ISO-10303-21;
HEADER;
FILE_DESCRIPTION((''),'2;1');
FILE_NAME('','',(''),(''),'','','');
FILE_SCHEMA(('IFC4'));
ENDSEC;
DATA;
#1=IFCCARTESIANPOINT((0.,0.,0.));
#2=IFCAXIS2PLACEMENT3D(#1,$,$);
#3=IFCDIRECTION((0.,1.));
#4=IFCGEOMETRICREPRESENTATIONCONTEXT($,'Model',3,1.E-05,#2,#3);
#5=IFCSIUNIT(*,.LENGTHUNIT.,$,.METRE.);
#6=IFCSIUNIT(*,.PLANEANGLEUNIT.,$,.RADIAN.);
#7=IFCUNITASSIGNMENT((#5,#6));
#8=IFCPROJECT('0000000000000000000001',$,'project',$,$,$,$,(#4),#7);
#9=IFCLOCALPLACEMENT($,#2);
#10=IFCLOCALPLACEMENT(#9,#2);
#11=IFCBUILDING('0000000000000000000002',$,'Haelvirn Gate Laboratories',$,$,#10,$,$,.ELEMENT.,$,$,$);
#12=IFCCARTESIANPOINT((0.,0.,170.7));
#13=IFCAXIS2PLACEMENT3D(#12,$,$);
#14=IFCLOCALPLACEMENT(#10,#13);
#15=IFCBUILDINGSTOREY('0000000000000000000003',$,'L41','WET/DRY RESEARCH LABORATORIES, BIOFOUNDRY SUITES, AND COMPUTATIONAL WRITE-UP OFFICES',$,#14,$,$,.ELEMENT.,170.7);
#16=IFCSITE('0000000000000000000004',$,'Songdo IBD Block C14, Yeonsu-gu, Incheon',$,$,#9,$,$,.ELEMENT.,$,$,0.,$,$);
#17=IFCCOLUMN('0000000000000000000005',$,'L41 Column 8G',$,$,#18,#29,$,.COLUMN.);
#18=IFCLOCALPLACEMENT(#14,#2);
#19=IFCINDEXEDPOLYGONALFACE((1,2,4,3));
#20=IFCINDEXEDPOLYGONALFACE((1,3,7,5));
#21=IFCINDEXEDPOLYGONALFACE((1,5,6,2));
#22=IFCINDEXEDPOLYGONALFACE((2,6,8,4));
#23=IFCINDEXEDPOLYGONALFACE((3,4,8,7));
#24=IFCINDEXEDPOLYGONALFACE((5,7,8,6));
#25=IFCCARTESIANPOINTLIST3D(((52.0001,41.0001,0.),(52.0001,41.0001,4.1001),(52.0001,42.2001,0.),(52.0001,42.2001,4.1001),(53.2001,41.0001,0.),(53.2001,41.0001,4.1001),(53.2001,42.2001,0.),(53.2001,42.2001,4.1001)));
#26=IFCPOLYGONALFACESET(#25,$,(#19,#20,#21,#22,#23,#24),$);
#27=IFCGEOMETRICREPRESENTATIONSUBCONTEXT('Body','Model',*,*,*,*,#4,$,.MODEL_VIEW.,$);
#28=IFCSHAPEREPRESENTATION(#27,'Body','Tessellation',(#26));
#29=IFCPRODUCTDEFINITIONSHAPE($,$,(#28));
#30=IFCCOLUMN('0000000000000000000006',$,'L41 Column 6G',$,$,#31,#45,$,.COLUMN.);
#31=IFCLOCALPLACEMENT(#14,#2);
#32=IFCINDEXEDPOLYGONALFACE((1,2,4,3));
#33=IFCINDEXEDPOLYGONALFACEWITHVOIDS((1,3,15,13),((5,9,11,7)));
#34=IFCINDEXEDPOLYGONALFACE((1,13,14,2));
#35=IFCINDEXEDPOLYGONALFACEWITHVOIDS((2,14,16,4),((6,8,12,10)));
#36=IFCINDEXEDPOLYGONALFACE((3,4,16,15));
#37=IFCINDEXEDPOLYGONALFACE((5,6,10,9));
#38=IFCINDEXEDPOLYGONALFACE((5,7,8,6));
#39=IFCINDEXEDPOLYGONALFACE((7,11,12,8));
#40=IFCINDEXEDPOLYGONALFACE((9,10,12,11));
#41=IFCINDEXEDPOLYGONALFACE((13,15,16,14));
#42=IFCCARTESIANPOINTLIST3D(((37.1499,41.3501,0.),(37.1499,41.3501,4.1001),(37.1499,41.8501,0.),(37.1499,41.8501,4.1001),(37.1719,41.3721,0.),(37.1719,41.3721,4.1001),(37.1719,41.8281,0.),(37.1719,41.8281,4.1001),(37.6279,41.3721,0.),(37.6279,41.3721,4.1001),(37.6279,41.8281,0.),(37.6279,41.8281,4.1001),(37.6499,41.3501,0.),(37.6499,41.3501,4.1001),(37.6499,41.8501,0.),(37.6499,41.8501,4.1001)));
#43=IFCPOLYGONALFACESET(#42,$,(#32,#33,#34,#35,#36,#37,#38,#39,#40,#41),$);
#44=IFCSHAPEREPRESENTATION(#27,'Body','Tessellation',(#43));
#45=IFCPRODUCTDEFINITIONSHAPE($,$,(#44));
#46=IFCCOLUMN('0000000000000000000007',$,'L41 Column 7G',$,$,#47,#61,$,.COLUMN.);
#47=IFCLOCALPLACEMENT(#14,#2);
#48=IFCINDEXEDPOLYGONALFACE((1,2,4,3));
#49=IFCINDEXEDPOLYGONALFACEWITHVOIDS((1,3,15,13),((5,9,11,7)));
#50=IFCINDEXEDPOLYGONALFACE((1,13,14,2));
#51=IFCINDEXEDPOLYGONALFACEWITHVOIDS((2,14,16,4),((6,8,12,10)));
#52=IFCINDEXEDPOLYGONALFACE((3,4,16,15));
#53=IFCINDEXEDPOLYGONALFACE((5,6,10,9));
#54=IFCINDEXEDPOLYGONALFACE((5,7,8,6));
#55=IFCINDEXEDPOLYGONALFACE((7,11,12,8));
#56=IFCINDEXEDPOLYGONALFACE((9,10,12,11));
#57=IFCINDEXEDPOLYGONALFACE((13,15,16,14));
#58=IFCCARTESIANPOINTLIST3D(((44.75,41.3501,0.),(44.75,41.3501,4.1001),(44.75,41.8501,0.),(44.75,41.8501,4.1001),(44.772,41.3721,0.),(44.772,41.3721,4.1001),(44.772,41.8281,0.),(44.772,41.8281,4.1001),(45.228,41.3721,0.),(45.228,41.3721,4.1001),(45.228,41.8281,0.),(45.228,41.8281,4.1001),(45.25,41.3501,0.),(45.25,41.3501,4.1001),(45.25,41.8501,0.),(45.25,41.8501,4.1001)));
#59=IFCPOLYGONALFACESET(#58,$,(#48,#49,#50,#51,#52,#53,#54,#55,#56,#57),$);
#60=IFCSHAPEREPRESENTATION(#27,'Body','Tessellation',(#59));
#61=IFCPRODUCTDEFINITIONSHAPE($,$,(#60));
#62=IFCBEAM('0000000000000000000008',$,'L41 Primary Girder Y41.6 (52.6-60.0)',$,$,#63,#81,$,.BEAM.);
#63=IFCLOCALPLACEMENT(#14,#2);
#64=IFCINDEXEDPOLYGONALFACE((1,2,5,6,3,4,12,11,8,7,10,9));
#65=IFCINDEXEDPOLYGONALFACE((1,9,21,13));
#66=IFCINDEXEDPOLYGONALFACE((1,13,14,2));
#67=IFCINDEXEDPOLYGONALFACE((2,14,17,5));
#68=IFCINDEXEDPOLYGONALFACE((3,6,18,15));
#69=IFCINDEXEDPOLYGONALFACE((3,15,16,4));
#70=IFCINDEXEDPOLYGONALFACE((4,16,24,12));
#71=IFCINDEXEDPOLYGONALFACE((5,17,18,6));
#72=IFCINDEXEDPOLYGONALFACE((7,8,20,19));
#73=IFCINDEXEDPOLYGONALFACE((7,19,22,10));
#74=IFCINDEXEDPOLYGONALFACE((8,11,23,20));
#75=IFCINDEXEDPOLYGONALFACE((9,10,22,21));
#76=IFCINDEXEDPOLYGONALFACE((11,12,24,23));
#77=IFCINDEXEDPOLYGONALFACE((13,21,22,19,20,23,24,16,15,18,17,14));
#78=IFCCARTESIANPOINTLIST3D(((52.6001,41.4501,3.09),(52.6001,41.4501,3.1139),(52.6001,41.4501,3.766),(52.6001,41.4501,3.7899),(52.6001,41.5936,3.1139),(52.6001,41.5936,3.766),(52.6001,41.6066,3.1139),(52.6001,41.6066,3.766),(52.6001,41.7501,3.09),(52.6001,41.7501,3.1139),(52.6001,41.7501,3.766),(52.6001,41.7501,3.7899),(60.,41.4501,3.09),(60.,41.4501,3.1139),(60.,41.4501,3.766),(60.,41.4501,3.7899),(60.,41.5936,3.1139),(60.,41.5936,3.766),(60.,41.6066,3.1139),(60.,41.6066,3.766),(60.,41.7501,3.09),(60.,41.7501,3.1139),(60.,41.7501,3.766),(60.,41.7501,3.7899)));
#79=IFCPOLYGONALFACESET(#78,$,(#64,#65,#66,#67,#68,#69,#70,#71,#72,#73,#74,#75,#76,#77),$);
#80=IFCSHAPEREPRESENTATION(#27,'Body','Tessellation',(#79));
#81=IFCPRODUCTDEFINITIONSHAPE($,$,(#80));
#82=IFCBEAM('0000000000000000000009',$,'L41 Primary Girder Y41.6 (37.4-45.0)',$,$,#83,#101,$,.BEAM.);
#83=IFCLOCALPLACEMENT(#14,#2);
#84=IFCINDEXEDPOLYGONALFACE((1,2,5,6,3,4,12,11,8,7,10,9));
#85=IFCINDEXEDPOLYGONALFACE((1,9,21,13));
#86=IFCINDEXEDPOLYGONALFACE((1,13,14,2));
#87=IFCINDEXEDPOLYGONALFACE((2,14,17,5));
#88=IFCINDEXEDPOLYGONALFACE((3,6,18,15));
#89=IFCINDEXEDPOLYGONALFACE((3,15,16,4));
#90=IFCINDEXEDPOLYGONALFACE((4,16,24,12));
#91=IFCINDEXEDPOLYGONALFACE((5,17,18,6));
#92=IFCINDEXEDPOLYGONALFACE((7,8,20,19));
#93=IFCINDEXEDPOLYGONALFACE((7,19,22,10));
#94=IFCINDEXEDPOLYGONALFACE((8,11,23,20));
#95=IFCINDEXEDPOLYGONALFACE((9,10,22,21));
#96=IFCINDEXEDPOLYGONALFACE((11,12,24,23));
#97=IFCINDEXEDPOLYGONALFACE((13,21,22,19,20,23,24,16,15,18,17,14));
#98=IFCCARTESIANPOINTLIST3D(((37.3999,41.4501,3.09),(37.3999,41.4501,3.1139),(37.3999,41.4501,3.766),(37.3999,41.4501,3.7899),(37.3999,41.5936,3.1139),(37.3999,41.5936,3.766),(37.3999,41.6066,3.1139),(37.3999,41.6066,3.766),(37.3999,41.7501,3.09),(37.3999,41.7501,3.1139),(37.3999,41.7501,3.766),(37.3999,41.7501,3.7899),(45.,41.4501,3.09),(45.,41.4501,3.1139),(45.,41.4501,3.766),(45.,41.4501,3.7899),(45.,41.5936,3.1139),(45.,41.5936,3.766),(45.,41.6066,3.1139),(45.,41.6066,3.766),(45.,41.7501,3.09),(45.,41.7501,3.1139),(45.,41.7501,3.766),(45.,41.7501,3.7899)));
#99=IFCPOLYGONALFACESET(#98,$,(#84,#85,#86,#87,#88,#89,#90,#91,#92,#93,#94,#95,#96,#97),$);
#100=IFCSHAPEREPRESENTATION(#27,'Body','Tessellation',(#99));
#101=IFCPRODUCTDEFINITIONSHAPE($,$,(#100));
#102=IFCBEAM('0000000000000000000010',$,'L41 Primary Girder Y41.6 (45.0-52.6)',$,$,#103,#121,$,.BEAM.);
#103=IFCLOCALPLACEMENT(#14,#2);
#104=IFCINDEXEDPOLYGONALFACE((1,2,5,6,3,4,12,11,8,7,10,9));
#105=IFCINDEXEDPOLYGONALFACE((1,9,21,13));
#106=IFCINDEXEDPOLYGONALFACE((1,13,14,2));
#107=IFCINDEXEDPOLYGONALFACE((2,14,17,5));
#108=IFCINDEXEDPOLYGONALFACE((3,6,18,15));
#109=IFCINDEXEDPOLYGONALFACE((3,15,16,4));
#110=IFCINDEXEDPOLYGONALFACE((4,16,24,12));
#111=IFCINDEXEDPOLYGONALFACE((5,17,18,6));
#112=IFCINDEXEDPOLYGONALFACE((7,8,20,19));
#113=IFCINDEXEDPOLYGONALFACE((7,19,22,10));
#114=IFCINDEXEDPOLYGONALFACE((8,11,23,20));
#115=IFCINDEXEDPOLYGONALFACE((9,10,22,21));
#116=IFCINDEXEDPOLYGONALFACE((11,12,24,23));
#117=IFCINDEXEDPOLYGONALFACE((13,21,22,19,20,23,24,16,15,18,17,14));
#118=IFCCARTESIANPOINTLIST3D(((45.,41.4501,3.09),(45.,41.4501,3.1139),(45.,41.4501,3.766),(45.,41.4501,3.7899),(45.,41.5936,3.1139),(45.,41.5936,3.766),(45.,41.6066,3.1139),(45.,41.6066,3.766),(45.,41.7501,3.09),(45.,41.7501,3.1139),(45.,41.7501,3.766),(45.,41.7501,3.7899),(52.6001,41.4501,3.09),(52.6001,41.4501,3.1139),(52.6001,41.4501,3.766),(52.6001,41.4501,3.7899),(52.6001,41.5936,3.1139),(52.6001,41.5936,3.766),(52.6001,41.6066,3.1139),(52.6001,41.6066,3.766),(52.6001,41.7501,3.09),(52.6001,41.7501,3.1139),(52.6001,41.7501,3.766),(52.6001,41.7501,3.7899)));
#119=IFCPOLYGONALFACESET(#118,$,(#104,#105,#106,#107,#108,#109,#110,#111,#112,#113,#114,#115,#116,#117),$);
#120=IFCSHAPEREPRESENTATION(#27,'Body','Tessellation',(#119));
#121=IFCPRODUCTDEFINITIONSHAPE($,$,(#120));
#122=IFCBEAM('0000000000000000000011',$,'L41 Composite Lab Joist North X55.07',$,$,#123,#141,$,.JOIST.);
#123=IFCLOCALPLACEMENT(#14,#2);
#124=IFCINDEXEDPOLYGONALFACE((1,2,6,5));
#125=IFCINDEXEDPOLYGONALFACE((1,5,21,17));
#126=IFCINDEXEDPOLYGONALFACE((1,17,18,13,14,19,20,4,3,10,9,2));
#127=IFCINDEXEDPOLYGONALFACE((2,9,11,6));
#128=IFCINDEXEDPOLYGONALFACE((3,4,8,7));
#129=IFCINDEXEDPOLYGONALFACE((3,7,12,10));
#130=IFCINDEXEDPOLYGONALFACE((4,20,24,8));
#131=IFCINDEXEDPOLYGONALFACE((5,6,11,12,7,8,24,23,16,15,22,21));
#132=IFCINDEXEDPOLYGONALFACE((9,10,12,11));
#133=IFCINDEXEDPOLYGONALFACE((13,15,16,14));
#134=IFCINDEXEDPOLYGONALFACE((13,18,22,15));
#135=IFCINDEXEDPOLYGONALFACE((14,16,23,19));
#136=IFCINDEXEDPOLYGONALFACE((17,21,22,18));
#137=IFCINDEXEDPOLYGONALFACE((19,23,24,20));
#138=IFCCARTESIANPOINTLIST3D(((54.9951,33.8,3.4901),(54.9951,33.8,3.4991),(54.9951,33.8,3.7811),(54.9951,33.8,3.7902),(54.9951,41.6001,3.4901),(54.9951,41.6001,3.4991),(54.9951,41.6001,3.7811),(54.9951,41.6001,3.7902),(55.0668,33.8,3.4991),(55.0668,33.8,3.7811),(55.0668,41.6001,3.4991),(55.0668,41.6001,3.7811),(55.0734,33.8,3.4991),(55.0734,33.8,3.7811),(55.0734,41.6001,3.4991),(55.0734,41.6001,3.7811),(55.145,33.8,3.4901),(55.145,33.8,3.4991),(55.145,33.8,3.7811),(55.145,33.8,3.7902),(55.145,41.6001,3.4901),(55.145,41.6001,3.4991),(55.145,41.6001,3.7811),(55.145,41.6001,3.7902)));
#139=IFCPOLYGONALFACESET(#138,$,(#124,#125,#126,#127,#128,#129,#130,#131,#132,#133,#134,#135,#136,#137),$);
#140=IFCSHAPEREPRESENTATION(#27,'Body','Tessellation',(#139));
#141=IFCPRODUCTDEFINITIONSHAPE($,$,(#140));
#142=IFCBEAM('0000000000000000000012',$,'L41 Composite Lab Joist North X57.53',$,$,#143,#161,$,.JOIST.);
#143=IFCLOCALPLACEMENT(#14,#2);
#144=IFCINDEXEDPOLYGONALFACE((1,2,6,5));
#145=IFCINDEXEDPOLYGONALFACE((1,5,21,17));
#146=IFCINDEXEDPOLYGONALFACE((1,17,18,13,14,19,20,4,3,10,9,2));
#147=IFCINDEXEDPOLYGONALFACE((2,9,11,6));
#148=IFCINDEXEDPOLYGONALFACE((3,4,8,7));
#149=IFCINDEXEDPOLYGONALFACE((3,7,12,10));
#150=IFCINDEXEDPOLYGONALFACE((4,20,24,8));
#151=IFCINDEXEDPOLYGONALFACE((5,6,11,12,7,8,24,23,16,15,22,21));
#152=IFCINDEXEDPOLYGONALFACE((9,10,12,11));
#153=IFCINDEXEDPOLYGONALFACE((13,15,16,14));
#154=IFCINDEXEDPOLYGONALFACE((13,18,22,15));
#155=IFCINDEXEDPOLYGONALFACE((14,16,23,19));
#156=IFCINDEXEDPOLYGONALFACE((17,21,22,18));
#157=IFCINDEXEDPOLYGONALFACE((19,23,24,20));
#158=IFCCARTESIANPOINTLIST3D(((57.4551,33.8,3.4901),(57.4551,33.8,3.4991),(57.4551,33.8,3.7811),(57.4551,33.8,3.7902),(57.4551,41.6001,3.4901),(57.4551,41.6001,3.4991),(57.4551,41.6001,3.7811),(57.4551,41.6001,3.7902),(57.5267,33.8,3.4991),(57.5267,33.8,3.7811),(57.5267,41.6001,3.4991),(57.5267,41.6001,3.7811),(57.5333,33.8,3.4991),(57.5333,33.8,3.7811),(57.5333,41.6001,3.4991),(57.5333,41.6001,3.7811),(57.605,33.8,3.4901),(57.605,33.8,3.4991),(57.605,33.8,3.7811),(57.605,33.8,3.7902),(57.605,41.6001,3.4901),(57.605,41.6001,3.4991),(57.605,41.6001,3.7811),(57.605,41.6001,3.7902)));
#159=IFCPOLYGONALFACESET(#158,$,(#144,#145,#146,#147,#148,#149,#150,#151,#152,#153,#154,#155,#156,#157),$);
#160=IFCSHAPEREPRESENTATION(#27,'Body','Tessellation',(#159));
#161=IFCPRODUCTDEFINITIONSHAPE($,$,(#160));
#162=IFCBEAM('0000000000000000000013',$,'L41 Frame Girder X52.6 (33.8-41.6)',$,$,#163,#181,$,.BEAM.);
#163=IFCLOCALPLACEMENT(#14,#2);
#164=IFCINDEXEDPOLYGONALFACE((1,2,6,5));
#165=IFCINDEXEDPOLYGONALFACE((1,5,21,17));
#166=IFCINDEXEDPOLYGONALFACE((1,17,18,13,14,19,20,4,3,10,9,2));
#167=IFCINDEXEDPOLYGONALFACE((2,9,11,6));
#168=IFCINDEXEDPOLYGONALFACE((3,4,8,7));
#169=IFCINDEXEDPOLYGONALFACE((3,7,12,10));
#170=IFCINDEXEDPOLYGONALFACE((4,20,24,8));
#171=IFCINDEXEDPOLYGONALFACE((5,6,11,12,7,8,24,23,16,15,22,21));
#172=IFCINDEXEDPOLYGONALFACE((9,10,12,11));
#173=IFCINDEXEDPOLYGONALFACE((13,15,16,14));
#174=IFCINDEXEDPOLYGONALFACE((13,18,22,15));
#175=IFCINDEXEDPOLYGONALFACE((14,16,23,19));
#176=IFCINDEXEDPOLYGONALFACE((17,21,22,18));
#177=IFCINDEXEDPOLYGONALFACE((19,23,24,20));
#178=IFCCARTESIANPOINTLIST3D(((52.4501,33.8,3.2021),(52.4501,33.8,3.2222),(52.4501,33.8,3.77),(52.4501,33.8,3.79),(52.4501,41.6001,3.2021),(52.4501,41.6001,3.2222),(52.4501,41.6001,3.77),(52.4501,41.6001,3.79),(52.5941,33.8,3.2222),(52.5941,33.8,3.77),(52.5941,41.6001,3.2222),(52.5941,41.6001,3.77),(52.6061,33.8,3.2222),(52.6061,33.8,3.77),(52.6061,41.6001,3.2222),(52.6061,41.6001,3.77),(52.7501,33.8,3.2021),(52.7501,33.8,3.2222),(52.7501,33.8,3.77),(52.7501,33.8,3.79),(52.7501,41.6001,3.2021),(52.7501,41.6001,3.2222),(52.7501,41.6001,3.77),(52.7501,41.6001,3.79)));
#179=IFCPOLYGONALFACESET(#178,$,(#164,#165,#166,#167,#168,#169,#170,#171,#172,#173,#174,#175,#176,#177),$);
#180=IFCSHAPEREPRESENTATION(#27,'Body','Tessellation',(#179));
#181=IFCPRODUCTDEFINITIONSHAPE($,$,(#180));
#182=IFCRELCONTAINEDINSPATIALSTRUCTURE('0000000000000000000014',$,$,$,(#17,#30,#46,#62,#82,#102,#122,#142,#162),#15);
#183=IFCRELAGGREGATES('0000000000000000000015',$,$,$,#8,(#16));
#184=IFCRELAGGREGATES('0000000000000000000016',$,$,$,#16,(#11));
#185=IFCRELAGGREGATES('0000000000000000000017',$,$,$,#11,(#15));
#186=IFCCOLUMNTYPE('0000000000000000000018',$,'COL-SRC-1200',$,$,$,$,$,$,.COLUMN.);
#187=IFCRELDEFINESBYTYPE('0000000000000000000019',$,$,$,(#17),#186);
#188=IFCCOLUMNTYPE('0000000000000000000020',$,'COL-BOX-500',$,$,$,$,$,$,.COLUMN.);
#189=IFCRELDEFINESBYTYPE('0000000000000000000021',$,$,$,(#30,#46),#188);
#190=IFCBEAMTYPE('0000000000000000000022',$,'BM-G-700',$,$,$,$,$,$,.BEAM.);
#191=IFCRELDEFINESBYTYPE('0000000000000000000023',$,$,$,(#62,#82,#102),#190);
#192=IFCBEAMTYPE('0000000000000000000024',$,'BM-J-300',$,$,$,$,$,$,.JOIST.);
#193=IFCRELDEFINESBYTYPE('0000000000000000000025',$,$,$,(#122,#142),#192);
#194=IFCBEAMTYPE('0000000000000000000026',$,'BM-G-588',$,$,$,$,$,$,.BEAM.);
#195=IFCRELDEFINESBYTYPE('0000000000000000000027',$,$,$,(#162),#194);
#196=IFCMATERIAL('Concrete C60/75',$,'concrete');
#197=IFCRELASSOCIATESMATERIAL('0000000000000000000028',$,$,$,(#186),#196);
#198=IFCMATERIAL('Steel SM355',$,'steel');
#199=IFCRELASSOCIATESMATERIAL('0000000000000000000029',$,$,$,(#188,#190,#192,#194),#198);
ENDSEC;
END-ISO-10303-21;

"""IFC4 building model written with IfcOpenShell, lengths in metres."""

from ifc_helpers import new_model, si_unit, direction, frame, origin, origin_2d, place, context, subcontext, project, spatial, rectangle, hollow_rectangle, i_section, extrude, source, transform, mapped, material, material_profile, profile_set, type_object, type_shapes, element, save


model = new_model("IFC4")

# Units and contexts
model_context = context("Model", 3, precision=1e-05, world=origin(), true_north=direction((0.0, 1.0)))
body_context = subcontext(model_context, "Body", "Model", "MODEL_VIEW")
ifc_project = project(units=[si_unit("LENGTHUNIT", "METRE"), si_unit("PLANEANGLEUNIT", "RADIAN")], contexts=[model_context])

# Site, building, storey
site_placement = place(None, origin())
site = spatial("IfcSite", under=ifc_project, at=site_placement, Name="Songdo IBD Block C14, Yeonsu-gu, Incheon", CompositionType="ELEMENT", RefElevation=0.0)
building_placement = place(site_placement, origin())
building = spatial("IfcBuilding", under=site, at=building_placement, Name="Haelvirn Gate Laboratories", CompositionType="ELEMENT")
storey_placement = place(building_placement, frame((0.0, 0.0, 170.7)))
storey = spatial("IfcBuildingStorey", under=building, at=storey_placement, Name="L41", Description="WET/DRY RESEARCH LABORATORIES, BIOFOUNDRY SUITES, AND COMPUTATIONAL WRITE-UP OFFICES", CompositionType="ELEMENT", Elevation=170.7)

# Columns
ifc_material_1 = material(Name="Concrete C60/75", Category="concrete")
ifc_material_profile_1 = material_profile(ifc_material_1, rectangle(XDim=1.2, YDim=1.2, at=origin_2d()), Name="SRC-1200x1200")
ifc_profile_set_1 = profile_set([ifc_material_profile_1], Name="Concrete C60/75")
column_type_1 = type_object("IfcColumnType", Name="COL-SRC-1200", PredefinedType="COLUMN", material=ifc_profile_set_1)
shared_shape_1 = source(origin(), body_context, "Body", "SweptSolid", [
    extrude(rectangle(XDim=1.2, YDim=1.2, at=origin_2d()), origin(), (0.0, 0.0, 1.0), 4.1001),
])
type_shapes(column_type_1, [shared_shape_1])
column_placement = place(storey_placement, frame((52.6001, 41.6001, 0.0), z_axis=(0.0, 0.0, 1.0), x_axis=(1.0, 0.0, 0.0)))
element("IfcColumn", 1, at=column_placement, inside=storey, type_object=column_type_1, Name="L41 Column 8G", PredefinedType="COLUMN", context=body_context, shape_type="MappedRepresentation", body=[
    mapped(shared_shape_1, transform((0.0, 0.0, 0.0), scale=1.0)),
])
ifc_material_2 = material(Name="Steel SM355", Category="steel")
ifc_material_profile_2 = material_profile(ifc_material_2, hollow_rectangle(XDim=0.5, YDim=0.5, WallThickness=0.022, at=origin_2d()), Name="BOX-500x500x22")
ifc_profile_set_2 = profile_set([ifc_material_profile_2], Name="Steel SM355")
column_type_2 = type_object("IfcColumnType", Name="COL-BOX-500", PredefinedType="COLUMN", material=ifc_profile_set_2)
shared_shape_2 = source(origin(), body_context, "Body", "SweptSolid", [
    extrude(hollow_rectangle(XDim=0.5, YDim=0.5, WallThickness=0.022, at=origin_2d()), origin(), (0.0, 0.0, 1.0), 4.1001),
])
type_shapes(column_type_2, [shared_shape_2])
for number, where, z_axis, x_axis, name in (
    (2, (37.3999, 41.6001, 0.0), (0.0, 0.0, 1.0), (1.0, 0.0, 0.0), "L41 Column 6G"),
    (3, (45.0, 41.6001, 0.0), (0.0, 0.0, 1.0), (1.0, 0.0, 0.0), "L41 Column 7G"),
):
    element("IfcColumn", number, at=place(storey_placement, frame(where, z_axis=z_axis, x_axis=x_axis)), inside=storey, type_object=column_type_2, Name=name, PredefinedType="COLUMN", context=body_context, shape_type="MappedRepresentation", body=[
        mapped(shared_shape_2, transform((0.0, 0.0, 0.0), scale=1.0)),
    ])

# Beams
ifc_material_profile_3 = material_profile(ifc_material_2, i_section(OverallWidth=0.3, OverallDepth=0.7, WebThickness=0.0129, FlangeThickness=0.0239, at=origin_2d()), Name="H-700x300x13x24")
ifc_profile_set_3 = profile_set([ifc_material_profile_3], Name="Steel SM355")
beam_type_1 = type_object("IfcBeamType", Name="BM-G-700", PredefinedType="BEAM", material=ifc_profile_set_3)
shared_shape_3 = source(origin(), body_context, "Body", "SweptSolid", [
    extrude(i_section(OverallWidth=0.3, OverallDepth=0.7, WebThickness=0.0129, FlangeThickness=0.0239, at=origin_2d()), origin(), (0.0, 0.0, 1.0), 7.3999),
])
beam_1_placement = place(storey_placement, frame((52.6001, 41.6001, 3.4399), z_axis=(1.0, 0.0, 0.0), x_axis=(0.0, 1.0, 0.0)))
element("IfcBeam", 4, at=beam_1_placement, inside=storey, type_object=beam_type_1, Name="L41 Primary Girder Y41.6 (52.6-60.0)", PredefinedType="BEAM", context=body_context, shape_type="MappedRepresentation", body=[
    mapped(shared_shape_3, transform((0.0, 0.0, 0.0), scale=1.0)),
])
shared_shape_4 = source(origin(), body_context, "Body", "SweptSolid", [
    extrude(i_section(OverallWidth=0.3, OverallDepth=0.7, WebThickness=0.0129, FlangeThickness=0.0239, at=origin_2d()), origin(), (0.0, 0.0, 1.0), 7.6001),
])
type_shapes(beam_type_1, [shared_shape_3, shared_shape_4])
for number, where, z_axis, x_axis, name in (
    (5, (37.3999, 41.6001, 3.4399), (1.0, 0.0, 0.0), (0.0, 1.0, 0.0), "L41 Primary Girder Y41.6 (37.4-45.0)"),
    (6, (45.0, 41.6001, 3.4399), (1.0, 0.0, 0.0), (0.0, 1.0, 0.0), "L41 Primary Girder Y41.6 (45.0-52.6)"),
):
    element("IfcBeam", number, at=place(storey_placement, frame(where, z_axis=z_axis, x_axis=x_axis)), inside=storey, type_object=beam_type_1, Name=name, PredefinedType="BEAM", context=body_context, shape_type="MappedRepresentation", body=[
        mapped(shared_shape_4, transform((0.0, 0.0, 0.0), scale=1.0)),
    ])
ifc_material_profile_4 = material_profile(ifc_material_2, i_section(OverallWidth=0.1499, OverallDepth=0.3, WebThickness=0.0066, FlangeThickness=0.009, at=origin_2d()), Name="H-300x150x6.5x9")
ifc_profile_set_4 = profile_set([ifc_material_profile_4], Name="Steel SM355")
beam_type_2 = type_object("IfcBeamType", Name="BM-J-300", PredefinedType="JOIST", material=ifc_profile_set_4)
shared_shape_5 = source(origin(), body_context, "Body", "SweptSolid", [
    extrude(i_section(OverallWidth=0.1499, OverallDepth=0.3, WebThickness=0.0066, FlangeThickness=0.009, at=origin_2d()), origin(), (0.0, 0.0, 1.0), 7.8),
])
type_shapes(beam_type_2, [shared_shape_5])
for number, where, z_axis, x_axis, name in (
    (7, (55.0701, 33.8, 3.6401), (0.0, 1.0, 0.0), (-1.0, 0.0, 0.0), "L41 Composite Lab Joist North X55.07"),
    (8, (57.53, 33.8, 3.6401), (0.0, 1.0, 0.0), (-1.0, 0.0, 0.0), "L41 Composite Lab Joist North X57.53"),
):
    element("IfcBeam", number, at=place(storey_placement, frame(where, z_axis=z_axis, x_axis=x_axis)), inside=storey, type_object=beam_type_2, Name=name, PredefinedType="JOIST", context=body_context, shape_type="MappedRepresentation", body=[
        mapped(shared_shape_5, transform((0.0, 0.0, 0.0), scale=1.0)),
    ])
ifc_material_profile_5 = material_profile(ifc_material_2, i_section(OverallWidth=0.3, OverallDepth=0.5879, WebThickness=0.012, FlangeThickness=0.02, at=origin_2d()), Name="H-588x300x12x20")
ifc_profile_set_5 = profile_set([ifc_material_profile_5], Name="Steel SM355")
beam_type_3 = type_object("IfcBeamType", Name="BM-G-588", PredefinedType="BEAM", material=ifc_profile_set_5)
shared_shape_6 = source(origin(), body_context, "Body", "SweptSolid", [
    extrude(i_section(OverallWidth=0.3, OverallDepth=0.5879, WebThickness=0.012, FlangeThickness=0.02, at=origin_2d()), origin(), (0.0, 0.0, 1.0), 7.8),
])
type_shapes(beam_type_3, [shared_shape_6])
beam_2_placement = place(storey_placement, frame((52.6001, 33.8, 3.4961), z_axis=(0.0, 1.0, 0.0), x_axis=(-1.0, 0.0, 0.0)))
element("IfcBeam", 9, at=beam_2_placement, inside=storey, type_object=beam_type_3, Name="L41 Frame Girder X52.6 (33.8-41.6)", PredefinedType="BEAM", context=body_context, shape_type="MappedRepresentation", body=[
    mapped(shared_shape_6, transform((0.0, 0.0, 0.0), scale=1.0)),
])

save(model, "model.ifc")
